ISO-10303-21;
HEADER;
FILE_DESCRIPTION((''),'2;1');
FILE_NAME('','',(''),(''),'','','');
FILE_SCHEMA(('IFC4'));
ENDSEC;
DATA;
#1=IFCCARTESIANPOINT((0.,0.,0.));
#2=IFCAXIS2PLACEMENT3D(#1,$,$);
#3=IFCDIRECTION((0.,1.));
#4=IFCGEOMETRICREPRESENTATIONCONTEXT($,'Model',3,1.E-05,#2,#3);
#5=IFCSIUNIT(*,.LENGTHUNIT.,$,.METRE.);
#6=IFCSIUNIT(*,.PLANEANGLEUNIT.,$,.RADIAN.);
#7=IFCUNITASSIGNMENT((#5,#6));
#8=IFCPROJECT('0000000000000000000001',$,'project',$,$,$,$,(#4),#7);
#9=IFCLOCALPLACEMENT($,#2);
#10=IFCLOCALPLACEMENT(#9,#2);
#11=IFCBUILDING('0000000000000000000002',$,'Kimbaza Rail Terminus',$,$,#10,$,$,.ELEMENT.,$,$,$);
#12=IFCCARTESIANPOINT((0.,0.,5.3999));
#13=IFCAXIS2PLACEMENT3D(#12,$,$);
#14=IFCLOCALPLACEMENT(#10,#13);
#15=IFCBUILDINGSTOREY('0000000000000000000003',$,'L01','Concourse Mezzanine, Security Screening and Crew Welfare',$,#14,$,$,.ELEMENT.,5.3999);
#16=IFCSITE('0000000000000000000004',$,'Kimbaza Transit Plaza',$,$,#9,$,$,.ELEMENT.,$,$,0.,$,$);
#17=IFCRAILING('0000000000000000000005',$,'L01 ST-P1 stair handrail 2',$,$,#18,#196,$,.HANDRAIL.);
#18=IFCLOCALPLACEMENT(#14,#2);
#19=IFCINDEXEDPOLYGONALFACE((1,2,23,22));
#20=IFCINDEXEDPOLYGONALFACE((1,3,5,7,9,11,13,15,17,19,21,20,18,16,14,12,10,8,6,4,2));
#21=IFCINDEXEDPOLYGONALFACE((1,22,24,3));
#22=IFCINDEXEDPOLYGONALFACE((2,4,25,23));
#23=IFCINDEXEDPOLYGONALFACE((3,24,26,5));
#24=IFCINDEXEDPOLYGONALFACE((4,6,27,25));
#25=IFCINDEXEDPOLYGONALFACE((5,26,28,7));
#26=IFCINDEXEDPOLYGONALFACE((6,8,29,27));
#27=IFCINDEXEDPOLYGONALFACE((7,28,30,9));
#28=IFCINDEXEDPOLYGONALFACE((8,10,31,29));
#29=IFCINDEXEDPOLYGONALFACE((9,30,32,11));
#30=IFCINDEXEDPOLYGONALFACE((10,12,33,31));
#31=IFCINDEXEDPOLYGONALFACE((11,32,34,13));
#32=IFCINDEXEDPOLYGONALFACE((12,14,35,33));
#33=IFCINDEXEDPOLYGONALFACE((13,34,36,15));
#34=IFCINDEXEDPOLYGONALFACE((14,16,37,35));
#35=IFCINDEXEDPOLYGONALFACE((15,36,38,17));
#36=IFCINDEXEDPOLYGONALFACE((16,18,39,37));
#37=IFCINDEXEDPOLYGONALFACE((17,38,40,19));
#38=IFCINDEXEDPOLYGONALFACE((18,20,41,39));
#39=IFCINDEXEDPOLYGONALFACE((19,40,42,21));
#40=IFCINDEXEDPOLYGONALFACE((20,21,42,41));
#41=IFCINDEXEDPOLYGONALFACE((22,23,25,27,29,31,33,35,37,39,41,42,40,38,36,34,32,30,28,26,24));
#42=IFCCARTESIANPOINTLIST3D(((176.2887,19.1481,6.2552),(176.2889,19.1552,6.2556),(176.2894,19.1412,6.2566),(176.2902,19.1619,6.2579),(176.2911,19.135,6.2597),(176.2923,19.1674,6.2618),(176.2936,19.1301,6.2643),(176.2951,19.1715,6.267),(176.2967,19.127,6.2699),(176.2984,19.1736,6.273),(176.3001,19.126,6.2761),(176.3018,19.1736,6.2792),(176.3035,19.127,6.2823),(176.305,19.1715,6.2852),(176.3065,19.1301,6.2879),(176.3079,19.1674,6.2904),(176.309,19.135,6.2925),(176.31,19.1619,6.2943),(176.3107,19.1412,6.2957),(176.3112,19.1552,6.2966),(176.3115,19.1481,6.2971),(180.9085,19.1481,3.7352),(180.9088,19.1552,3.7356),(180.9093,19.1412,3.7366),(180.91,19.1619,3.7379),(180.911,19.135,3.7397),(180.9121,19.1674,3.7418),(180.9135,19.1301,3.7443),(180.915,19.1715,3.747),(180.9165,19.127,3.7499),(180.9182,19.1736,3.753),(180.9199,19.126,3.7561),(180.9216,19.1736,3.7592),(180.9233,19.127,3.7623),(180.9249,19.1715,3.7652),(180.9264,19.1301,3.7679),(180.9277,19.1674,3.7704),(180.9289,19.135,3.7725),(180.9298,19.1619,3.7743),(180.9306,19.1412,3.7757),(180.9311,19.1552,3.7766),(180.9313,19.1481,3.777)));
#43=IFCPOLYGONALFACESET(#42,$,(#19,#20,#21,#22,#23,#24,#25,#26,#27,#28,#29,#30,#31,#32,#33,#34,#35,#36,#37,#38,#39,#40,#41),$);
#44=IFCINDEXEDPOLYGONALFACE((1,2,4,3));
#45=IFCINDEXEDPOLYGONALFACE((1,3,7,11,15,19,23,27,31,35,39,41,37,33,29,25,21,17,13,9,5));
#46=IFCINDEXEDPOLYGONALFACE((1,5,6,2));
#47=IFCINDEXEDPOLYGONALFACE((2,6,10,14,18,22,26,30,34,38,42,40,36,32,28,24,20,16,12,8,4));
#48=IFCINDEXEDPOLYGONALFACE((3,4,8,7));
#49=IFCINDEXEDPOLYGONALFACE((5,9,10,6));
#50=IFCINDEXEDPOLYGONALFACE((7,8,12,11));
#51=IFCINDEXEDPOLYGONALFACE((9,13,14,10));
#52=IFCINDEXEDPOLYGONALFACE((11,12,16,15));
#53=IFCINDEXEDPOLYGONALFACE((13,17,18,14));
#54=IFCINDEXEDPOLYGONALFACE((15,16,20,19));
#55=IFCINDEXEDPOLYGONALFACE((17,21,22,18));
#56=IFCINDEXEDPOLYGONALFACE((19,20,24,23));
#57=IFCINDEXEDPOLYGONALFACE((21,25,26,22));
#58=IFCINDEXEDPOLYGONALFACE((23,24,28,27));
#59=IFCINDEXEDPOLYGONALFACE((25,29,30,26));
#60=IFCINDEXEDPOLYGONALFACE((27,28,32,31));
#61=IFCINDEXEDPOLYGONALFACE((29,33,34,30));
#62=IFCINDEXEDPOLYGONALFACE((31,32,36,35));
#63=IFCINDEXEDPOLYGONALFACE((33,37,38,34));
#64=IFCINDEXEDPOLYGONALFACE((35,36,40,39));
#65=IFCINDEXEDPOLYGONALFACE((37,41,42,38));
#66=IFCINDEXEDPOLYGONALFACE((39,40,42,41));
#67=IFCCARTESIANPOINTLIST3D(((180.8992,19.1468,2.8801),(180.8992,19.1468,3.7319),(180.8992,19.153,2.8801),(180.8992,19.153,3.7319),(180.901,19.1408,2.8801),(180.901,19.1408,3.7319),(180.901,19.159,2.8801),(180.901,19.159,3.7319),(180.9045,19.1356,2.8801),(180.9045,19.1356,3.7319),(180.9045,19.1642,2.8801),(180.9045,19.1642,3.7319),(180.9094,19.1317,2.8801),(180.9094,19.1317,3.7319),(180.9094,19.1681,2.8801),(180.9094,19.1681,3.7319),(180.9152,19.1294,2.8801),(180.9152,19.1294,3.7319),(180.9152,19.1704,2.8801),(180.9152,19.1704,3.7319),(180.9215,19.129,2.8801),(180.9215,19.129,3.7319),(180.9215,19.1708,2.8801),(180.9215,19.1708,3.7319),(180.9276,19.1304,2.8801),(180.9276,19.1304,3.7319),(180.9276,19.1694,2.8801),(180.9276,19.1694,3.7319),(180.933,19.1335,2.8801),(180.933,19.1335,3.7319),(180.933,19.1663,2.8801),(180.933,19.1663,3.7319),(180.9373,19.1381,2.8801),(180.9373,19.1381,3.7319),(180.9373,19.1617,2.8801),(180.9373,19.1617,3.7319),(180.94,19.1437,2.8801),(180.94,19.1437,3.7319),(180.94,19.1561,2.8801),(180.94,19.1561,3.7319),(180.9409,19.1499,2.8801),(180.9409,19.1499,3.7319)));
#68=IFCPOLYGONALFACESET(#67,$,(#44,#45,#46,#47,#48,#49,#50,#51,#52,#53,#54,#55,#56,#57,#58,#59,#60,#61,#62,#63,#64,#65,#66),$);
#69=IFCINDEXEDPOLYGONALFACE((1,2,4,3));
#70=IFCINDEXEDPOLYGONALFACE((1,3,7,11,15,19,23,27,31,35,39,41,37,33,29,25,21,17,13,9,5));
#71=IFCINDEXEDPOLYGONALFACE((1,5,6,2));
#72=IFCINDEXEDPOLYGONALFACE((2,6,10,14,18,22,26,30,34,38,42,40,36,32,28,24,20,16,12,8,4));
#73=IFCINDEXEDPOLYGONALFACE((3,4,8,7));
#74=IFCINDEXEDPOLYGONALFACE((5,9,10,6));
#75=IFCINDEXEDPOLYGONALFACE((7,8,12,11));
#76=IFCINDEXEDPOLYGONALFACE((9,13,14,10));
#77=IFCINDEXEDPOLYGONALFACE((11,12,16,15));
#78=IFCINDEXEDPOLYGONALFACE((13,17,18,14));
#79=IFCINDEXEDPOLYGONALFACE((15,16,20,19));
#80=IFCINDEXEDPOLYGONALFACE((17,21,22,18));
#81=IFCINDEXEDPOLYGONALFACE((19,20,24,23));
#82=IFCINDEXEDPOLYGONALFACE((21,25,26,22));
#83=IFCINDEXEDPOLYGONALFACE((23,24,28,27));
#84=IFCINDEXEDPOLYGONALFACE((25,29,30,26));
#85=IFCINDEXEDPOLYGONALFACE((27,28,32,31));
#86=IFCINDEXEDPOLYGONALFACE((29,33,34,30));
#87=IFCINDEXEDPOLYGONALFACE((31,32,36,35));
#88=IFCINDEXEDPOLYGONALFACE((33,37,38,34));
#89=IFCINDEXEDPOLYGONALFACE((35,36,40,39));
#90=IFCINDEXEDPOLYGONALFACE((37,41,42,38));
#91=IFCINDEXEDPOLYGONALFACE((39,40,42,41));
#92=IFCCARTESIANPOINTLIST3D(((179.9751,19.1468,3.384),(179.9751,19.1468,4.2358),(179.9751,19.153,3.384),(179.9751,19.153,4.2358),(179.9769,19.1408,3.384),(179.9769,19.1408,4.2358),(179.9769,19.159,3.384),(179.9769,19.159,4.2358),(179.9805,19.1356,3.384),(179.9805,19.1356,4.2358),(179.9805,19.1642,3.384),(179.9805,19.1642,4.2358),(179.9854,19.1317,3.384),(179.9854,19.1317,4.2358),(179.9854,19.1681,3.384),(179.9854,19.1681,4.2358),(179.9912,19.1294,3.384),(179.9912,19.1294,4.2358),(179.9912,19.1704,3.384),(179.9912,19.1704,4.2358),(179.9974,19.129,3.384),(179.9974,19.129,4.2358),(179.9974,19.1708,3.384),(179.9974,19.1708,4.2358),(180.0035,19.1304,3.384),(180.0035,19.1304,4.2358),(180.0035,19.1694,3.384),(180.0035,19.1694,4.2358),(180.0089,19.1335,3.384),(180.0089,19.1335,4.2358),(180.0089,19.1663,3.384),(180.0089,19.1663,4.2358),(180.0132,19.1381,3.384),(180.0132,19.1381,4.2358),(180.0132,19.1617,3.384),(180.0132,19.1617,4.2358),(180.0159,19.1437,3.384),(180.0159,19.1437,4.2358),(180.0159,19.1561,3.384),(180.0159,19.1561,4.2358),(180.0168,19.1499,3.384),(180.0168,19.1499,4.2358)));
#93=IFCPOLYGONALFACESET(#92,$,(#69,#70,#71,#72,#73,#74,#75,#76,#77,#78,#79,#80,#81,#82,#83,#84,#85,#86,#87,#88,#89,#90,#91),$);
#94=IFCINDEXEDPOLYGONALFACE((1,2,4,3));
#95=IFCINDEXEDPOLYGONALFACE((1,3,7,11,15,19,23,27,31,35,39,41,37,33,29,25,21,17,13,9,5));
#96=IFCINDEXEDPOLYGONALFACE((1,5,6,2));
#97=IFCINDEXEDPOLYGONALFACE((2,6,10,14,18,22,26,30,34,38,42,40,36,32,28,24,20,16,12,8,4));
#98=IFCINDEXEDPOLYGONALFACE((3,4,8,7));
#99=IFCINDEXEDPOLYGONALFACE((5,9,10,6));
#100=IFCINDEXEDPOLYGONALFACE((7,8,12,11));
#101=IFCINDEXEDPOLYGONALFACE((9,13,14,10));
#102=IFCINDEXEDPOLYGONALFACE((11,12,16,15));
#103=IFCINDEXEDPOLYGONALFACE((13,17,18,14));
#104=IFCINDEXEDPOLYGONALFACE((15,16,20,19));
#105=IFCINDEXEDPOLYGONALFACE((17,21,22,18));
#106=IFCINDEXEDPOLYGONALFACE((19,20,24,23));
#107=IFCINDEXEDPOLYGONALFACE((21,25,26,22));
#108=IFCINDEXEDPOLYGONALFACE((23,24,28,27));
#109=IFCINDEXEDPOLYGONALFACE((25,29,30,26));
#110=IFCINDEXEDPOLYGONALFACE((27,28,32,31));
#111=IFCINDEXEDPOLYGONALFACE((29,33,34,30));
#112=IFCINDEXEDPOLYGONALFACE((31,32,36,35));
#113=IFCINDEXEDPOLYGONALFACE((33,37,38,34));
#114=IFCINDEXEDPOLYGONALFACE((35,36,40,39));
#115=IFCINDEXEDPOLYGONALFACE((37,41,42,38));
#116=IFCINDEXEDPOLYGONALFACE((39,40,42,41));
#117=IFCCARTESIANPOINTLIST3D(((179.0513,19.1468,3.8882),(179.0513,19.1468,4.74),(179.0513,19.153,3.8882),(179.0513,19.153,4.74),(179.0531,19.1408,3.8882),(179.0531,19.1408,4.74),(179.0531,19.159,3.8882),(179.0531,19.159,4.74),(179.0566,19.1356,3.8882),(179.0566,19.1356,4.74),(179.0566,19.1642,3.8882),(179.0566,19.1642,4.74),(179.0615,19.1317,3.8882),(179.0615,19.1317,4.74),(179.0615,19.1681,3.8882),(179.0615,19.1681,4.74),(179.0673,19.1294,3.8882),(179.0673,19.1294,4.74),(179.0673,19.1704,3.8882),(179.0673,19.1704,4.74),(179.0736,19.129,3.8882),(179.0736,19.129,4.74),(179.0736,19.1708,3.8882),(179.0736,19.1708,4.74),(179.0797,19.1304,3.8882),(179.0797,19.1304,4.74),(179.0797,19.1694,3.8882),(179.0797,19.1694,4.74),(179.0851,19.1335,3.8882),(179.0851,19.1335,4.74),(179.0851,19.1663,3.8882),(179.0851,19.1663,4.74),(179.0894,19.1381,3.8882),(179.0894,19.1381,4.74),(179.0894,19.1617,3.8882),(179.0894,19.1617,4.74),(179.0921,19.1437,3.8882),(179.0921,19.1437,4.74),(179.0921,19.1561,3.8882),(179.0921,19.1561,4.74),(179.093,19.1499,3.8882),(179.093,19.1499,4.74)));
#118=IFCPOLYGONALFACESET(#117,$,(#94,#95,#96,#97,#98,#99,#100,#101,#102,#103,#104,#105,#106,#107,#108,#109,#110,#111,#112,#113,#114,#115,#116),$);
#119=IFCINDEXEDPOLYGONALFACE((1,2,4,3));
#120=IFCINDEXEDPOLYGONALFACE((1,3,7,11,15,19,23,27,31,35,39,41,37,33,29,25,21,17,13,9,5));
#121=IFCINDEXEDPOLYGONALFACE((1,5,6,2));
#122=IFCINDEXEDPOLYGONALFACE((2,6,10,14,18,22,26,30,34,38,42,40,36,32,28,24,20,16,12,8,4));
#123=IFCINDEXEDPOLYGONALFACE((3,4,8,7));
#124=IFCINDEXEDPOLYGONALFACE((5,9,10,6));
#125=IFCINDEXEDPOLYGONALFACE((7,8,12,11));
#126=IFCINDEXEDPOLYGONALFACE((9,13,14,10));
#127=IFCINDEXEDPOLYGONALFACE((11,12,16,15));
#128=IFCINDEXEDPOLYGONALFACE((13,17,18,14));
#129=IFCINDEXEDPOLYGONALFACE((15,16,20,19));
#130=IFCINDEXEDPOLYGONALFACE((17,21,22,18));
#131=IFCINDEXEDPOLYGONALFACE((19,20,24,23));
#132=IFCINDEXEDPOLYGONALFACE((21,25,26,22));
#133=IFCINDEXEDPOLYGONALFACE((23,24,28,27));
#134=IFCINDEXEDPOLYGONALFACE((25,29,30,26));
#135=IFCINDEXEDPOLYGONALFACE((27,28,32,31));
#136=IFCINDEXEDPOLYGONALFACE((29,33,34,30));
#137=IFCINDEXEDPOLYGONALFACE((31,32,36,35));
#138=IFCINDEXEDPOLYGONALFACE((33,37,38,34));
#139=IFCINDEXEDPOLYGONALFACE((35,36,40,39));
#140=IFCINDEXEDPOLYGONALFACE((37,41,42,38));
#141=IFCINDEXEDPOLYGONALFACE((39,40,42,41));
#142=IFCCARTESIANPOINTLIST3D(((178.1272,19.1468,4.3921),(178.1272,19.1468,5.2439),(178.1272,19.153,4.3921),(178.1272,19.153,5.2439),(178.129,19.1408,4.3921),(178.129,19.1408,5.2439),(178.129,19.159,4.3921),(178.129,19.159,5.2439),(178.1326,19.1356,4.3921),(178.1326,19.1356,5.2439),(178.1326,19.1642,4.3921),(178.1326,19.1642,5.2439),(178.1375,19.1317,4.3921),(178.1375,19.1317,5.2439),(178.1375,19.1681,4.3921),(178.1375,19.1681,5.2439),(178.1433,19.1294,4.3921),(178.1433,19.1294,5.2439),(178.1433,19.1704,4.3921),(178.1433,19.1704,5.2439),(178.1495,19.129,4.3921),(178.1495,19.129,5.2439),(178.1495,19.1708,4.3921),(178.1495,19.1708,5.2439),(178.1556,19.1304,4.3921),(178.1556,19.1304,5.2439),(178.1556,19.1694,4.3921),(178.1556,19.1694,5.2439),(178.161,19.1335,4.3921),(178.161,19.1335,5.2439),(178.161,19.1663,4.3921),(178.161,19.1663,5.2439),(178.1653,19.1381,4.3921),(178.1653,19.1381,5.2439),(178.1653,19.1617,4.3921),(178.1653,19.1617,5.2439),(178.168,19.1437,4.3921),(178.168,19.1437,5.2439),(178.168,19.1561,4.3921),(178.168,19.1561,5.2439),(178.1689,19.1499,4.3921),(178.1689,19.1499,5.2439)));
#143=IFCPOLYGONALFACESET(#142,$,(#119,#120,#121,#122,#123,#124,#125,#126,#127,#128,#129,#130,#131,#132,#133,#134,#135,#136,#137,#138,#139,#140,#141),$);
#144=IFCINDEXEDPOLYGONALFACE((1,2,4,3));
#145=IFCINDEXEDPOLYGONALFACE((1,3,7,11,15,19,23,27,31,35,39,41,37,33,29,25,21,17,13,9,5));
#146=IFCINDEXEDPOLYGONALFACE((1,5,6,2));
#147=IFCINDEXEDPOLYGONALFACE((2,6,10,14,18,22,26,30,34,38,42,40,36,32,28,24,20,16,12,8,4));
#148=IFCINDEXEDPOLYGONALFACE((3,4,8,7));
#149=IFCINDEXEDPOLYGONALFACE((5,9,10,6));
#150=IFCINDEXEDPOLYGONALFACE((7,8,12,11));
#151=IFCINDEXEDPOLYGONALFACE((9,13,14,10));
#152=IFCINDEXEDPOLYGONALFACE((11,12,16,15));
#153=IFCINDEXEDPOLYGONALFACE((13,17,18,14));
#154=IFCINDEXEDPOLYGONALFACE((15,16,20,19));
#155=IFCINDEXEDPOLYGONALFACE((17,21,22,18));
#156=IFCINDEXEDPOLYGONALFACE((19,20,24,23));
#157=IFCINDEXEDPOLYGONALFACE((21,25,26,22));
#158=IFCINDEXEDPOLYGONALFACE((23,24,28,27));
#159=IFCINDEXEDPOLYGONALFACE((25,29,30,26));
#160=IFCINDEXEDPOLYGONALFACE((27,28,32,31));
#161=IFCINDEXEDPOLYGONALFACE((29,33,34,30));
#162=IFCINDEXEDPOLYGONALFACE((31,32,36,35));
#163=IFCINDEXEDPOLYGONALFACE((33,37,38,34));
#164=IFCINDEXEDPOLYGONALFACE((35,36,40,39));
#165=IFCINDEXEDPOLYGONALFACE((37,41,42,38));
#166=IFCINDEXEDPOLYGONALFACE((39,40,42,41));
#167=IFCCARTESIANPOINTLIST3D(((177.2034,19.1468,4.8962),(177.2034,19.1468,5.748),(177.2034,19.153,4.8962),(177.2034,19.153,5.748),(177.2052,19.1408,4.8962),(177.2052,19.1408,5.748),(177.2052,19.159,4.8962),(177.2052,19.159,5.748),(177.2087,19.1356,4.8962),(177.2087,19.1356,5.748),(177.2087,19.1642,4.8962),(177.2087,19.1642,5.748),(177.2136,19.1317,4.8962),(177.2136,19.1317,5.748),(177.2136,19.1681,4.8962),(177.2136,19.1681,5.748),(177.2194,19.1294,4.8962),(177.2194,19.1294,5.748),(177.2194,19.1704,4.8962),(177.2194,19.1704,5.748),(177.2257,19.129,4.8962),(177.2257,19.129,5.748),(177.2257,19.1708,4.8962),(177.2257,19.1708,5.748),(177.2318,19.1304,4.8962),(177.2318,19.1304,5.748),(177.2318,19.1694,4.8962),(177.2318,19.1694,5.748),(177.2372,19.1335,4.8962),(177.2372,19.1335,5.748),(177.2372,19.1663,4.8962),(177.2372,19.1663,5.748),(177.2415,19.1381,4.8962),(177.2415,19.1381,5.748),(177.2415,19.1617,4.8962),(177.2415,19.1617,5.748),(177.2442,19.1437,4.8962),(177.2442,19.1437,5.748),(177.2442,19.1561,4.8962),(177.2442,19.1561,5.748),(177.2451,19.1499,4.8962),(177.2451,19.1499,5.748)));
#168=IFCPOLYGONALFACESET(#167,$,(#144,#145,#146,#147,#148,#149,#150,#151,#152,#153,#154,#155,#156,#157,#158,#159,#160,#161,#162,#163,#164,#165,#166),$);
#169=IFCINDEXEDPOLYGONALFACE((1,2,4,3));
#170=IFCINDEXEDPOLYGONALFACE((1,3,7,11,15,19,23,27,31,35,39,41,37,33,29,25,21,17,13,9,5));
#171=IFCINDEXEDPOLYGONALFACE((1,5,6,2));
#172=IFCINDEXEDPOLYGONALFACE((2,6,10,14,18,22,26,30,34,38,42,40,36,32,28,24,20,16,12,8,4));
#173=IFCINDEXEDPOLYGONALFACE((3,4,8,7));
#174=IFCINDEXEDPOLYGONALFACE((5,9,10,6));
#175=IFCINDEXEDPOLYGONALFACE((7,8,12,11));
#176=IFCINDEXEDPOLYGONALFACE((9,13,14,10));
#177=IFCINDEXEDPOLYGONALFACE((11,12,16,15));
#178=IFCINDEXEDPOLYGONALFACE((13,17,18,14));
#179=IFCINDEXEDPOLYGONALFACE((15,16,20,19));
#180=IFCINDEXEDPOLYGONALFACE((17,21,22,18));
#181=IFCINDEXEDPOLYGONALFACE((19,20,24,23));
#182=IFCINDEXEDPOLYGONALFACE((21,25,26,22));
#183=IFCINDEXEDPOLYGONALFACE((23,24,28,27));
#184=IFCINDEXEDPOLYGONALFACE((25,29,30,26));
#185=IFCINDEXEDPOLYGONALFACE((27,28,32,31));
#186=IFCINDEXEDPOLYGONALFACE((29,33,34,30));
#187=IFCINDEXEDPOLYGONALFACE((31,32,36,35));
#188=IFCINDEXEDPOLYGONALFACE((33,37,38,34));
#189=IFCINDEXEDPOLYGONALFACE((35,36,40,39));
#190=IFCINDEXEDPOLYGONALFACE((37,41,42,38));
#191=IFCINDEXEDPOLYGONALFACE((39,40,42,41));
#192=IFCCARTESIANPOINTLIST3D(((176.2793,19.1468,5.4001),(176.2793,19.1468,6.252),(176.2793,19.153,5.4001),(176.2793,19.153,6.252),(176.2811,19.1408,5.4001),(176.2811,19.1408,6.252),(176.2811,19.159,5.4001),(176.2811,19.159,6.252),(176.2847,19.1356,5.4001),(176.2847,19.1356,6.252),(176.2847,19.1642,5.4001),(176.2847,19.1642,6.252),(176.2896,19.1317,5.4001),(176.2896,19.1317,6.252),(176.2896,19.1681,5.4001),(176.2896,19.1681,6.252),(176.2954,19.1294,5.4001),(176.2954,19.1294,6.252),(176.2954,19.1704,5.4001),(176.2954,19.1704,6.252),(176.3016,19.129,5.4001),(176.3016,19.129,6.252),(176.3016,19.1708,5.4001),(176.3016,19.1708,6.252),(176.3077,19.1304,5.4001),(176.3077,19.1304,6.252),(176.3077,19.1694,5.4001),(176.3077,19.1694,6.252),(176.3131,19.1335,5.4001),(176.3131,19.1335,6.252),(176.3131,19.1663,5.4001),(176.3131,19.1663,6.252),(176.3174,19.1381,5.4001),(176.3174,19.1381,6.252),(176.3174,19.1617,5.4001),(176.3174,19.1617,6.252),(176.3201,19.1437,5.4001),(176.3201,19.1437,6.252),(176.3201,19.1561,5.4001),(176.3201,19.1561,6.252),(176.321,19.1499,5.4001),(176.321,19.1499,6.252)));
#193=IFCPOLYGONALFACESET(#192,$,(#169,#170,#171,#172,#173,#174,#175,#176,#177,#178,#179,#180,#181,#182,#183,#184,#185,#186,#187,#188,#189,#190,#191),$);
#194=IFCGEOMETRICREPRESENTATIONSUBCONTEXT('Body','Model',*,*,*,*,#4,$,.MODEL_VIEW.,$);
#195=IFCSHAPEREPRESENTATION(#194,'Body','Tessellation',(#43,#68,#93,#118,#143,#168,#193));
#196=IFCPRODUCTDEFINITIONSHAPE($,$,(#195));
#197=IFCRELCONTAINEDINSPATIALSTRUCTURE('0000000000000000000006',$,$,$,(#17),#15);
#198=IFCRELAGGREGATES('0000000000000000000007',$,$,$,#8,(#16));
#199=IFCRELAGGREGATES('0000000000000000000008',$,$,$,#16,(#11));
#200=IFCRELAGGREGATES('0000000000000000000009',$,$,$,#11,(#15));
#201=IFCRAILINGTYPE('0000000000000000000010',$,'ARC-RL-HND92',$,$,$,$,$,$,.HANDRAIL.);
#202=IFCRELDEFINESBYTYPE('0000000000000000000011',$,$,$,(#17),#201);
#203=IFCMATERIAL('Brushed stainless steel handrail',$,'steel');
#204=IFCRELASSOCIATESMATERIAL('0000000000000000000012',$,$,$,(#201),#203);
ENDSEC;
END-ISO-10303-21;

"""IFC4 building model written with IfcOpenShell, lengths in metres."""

from ifc_helpers import new_model, si_unit, direction, frame, origin, origin_2d, place, context, subcontext, project, spatial, circle, extrude, material, type_object, element, save


model = new_model("IFC4")

# Units and contexts
model_context = context("Model", 3, precision=1e-05, world=origin(), true_north=direction((0.0, 1.0)))
body_context = subcontext(model_context, "Body", "Model", "MODEL_VIEW")
ifc_project = project(units=[si_unit("LENGTHUNIT", "METRE"), si_unit("PLANEANGLEUNIT", "RADIAN")], contexts=[model_context])

# Site, building, storey
site_placement = place(None, origin())
site = spatial("IfcSite", under=ifc_project, at=site_placement, Name="Kimbaza Transit Plaza", CompositionType="ELEMENT", RefElevation=0.0)
building_placement = place(site_placement, origin())
building = spatial("IfcBuilding", under=site, at=building_placement, Name="Kimbaza Rail Terminus", CompositionType="ELEMENT")
storey_placement = place(building_placement, frame((0.0, 0.0, 5.3999)))
storey = spatial("IfcBuildingStorey", under=building, at=storey_placement, Name="L01", Description="Concourse Mezzanine, Security Screening and Crew Welfare", CompositionType="ELEMENT", Elevation=5.3999)

# Railing
ifc_material_1 = material(Name="Brushed stainless steel handrail", Category="steel")
railing_type_1 = type_object("IfcRailingType", Name="ARC-RL-HND92", PredefinedType="HANDRAIL", material=ifc_material_1)
railing_1_placement = place(storey_placement, frame((180.9199, 19.1499, 2.8801)))
element("IfcRailing", 1, at=railing_1_placement, inside=storey, type_object=railing_type_1, Name="L01 ST-P1 stair handrail 2", PredefinedType="HANDRAIL", context=body_context, shape_type="SweptSolid", body=[
    extrude(circle(Radius=0.0239, at=origin_2d()), frame((0.0, 0.0, 0.876), z_axis=(-0.877888, 0.0, 0.478865), x_axis=(0.0, -1.0, 0.0)), (0.0, 0.0, 1.0), 5.2625),
    extrude(circle(Radius=0.021, at=origin_2d()), origin(), (0.0, 0.0, 1.0), 0.8518),
    extrude(circle(Radius=0.021, at=origin_2d()), frame((-0.9241, 0.0, 0.5039)), (0.0, 0.0, 1.0), 0.8518),
    extrude(circle(Radius=0.021, at=origin_2d()), frame((-1.8479, 0.0, 1.0081)), (0.0, 0.0, 1.0), 0.8518),
    extrude(circle(Radius=0.021, at=origin_2d()), frame((-2.772, 0.0, 1.512)), (0.0, 0.0, 1.0), 0.8518),
    extrude(circle(Radius=0.021, at=origin_2d()), frame((-3.6958, 0.0, 2.0161)), (0.0, 0.0, 1.0), 0.8518),
    extrude(circle(Radius=0.021, at=origin_2d()), frame((-4.6199, 0.0, 2.52)), (0.0, 0.0, 1.0), 0.8518),
])

save(model, "model.ifc")
